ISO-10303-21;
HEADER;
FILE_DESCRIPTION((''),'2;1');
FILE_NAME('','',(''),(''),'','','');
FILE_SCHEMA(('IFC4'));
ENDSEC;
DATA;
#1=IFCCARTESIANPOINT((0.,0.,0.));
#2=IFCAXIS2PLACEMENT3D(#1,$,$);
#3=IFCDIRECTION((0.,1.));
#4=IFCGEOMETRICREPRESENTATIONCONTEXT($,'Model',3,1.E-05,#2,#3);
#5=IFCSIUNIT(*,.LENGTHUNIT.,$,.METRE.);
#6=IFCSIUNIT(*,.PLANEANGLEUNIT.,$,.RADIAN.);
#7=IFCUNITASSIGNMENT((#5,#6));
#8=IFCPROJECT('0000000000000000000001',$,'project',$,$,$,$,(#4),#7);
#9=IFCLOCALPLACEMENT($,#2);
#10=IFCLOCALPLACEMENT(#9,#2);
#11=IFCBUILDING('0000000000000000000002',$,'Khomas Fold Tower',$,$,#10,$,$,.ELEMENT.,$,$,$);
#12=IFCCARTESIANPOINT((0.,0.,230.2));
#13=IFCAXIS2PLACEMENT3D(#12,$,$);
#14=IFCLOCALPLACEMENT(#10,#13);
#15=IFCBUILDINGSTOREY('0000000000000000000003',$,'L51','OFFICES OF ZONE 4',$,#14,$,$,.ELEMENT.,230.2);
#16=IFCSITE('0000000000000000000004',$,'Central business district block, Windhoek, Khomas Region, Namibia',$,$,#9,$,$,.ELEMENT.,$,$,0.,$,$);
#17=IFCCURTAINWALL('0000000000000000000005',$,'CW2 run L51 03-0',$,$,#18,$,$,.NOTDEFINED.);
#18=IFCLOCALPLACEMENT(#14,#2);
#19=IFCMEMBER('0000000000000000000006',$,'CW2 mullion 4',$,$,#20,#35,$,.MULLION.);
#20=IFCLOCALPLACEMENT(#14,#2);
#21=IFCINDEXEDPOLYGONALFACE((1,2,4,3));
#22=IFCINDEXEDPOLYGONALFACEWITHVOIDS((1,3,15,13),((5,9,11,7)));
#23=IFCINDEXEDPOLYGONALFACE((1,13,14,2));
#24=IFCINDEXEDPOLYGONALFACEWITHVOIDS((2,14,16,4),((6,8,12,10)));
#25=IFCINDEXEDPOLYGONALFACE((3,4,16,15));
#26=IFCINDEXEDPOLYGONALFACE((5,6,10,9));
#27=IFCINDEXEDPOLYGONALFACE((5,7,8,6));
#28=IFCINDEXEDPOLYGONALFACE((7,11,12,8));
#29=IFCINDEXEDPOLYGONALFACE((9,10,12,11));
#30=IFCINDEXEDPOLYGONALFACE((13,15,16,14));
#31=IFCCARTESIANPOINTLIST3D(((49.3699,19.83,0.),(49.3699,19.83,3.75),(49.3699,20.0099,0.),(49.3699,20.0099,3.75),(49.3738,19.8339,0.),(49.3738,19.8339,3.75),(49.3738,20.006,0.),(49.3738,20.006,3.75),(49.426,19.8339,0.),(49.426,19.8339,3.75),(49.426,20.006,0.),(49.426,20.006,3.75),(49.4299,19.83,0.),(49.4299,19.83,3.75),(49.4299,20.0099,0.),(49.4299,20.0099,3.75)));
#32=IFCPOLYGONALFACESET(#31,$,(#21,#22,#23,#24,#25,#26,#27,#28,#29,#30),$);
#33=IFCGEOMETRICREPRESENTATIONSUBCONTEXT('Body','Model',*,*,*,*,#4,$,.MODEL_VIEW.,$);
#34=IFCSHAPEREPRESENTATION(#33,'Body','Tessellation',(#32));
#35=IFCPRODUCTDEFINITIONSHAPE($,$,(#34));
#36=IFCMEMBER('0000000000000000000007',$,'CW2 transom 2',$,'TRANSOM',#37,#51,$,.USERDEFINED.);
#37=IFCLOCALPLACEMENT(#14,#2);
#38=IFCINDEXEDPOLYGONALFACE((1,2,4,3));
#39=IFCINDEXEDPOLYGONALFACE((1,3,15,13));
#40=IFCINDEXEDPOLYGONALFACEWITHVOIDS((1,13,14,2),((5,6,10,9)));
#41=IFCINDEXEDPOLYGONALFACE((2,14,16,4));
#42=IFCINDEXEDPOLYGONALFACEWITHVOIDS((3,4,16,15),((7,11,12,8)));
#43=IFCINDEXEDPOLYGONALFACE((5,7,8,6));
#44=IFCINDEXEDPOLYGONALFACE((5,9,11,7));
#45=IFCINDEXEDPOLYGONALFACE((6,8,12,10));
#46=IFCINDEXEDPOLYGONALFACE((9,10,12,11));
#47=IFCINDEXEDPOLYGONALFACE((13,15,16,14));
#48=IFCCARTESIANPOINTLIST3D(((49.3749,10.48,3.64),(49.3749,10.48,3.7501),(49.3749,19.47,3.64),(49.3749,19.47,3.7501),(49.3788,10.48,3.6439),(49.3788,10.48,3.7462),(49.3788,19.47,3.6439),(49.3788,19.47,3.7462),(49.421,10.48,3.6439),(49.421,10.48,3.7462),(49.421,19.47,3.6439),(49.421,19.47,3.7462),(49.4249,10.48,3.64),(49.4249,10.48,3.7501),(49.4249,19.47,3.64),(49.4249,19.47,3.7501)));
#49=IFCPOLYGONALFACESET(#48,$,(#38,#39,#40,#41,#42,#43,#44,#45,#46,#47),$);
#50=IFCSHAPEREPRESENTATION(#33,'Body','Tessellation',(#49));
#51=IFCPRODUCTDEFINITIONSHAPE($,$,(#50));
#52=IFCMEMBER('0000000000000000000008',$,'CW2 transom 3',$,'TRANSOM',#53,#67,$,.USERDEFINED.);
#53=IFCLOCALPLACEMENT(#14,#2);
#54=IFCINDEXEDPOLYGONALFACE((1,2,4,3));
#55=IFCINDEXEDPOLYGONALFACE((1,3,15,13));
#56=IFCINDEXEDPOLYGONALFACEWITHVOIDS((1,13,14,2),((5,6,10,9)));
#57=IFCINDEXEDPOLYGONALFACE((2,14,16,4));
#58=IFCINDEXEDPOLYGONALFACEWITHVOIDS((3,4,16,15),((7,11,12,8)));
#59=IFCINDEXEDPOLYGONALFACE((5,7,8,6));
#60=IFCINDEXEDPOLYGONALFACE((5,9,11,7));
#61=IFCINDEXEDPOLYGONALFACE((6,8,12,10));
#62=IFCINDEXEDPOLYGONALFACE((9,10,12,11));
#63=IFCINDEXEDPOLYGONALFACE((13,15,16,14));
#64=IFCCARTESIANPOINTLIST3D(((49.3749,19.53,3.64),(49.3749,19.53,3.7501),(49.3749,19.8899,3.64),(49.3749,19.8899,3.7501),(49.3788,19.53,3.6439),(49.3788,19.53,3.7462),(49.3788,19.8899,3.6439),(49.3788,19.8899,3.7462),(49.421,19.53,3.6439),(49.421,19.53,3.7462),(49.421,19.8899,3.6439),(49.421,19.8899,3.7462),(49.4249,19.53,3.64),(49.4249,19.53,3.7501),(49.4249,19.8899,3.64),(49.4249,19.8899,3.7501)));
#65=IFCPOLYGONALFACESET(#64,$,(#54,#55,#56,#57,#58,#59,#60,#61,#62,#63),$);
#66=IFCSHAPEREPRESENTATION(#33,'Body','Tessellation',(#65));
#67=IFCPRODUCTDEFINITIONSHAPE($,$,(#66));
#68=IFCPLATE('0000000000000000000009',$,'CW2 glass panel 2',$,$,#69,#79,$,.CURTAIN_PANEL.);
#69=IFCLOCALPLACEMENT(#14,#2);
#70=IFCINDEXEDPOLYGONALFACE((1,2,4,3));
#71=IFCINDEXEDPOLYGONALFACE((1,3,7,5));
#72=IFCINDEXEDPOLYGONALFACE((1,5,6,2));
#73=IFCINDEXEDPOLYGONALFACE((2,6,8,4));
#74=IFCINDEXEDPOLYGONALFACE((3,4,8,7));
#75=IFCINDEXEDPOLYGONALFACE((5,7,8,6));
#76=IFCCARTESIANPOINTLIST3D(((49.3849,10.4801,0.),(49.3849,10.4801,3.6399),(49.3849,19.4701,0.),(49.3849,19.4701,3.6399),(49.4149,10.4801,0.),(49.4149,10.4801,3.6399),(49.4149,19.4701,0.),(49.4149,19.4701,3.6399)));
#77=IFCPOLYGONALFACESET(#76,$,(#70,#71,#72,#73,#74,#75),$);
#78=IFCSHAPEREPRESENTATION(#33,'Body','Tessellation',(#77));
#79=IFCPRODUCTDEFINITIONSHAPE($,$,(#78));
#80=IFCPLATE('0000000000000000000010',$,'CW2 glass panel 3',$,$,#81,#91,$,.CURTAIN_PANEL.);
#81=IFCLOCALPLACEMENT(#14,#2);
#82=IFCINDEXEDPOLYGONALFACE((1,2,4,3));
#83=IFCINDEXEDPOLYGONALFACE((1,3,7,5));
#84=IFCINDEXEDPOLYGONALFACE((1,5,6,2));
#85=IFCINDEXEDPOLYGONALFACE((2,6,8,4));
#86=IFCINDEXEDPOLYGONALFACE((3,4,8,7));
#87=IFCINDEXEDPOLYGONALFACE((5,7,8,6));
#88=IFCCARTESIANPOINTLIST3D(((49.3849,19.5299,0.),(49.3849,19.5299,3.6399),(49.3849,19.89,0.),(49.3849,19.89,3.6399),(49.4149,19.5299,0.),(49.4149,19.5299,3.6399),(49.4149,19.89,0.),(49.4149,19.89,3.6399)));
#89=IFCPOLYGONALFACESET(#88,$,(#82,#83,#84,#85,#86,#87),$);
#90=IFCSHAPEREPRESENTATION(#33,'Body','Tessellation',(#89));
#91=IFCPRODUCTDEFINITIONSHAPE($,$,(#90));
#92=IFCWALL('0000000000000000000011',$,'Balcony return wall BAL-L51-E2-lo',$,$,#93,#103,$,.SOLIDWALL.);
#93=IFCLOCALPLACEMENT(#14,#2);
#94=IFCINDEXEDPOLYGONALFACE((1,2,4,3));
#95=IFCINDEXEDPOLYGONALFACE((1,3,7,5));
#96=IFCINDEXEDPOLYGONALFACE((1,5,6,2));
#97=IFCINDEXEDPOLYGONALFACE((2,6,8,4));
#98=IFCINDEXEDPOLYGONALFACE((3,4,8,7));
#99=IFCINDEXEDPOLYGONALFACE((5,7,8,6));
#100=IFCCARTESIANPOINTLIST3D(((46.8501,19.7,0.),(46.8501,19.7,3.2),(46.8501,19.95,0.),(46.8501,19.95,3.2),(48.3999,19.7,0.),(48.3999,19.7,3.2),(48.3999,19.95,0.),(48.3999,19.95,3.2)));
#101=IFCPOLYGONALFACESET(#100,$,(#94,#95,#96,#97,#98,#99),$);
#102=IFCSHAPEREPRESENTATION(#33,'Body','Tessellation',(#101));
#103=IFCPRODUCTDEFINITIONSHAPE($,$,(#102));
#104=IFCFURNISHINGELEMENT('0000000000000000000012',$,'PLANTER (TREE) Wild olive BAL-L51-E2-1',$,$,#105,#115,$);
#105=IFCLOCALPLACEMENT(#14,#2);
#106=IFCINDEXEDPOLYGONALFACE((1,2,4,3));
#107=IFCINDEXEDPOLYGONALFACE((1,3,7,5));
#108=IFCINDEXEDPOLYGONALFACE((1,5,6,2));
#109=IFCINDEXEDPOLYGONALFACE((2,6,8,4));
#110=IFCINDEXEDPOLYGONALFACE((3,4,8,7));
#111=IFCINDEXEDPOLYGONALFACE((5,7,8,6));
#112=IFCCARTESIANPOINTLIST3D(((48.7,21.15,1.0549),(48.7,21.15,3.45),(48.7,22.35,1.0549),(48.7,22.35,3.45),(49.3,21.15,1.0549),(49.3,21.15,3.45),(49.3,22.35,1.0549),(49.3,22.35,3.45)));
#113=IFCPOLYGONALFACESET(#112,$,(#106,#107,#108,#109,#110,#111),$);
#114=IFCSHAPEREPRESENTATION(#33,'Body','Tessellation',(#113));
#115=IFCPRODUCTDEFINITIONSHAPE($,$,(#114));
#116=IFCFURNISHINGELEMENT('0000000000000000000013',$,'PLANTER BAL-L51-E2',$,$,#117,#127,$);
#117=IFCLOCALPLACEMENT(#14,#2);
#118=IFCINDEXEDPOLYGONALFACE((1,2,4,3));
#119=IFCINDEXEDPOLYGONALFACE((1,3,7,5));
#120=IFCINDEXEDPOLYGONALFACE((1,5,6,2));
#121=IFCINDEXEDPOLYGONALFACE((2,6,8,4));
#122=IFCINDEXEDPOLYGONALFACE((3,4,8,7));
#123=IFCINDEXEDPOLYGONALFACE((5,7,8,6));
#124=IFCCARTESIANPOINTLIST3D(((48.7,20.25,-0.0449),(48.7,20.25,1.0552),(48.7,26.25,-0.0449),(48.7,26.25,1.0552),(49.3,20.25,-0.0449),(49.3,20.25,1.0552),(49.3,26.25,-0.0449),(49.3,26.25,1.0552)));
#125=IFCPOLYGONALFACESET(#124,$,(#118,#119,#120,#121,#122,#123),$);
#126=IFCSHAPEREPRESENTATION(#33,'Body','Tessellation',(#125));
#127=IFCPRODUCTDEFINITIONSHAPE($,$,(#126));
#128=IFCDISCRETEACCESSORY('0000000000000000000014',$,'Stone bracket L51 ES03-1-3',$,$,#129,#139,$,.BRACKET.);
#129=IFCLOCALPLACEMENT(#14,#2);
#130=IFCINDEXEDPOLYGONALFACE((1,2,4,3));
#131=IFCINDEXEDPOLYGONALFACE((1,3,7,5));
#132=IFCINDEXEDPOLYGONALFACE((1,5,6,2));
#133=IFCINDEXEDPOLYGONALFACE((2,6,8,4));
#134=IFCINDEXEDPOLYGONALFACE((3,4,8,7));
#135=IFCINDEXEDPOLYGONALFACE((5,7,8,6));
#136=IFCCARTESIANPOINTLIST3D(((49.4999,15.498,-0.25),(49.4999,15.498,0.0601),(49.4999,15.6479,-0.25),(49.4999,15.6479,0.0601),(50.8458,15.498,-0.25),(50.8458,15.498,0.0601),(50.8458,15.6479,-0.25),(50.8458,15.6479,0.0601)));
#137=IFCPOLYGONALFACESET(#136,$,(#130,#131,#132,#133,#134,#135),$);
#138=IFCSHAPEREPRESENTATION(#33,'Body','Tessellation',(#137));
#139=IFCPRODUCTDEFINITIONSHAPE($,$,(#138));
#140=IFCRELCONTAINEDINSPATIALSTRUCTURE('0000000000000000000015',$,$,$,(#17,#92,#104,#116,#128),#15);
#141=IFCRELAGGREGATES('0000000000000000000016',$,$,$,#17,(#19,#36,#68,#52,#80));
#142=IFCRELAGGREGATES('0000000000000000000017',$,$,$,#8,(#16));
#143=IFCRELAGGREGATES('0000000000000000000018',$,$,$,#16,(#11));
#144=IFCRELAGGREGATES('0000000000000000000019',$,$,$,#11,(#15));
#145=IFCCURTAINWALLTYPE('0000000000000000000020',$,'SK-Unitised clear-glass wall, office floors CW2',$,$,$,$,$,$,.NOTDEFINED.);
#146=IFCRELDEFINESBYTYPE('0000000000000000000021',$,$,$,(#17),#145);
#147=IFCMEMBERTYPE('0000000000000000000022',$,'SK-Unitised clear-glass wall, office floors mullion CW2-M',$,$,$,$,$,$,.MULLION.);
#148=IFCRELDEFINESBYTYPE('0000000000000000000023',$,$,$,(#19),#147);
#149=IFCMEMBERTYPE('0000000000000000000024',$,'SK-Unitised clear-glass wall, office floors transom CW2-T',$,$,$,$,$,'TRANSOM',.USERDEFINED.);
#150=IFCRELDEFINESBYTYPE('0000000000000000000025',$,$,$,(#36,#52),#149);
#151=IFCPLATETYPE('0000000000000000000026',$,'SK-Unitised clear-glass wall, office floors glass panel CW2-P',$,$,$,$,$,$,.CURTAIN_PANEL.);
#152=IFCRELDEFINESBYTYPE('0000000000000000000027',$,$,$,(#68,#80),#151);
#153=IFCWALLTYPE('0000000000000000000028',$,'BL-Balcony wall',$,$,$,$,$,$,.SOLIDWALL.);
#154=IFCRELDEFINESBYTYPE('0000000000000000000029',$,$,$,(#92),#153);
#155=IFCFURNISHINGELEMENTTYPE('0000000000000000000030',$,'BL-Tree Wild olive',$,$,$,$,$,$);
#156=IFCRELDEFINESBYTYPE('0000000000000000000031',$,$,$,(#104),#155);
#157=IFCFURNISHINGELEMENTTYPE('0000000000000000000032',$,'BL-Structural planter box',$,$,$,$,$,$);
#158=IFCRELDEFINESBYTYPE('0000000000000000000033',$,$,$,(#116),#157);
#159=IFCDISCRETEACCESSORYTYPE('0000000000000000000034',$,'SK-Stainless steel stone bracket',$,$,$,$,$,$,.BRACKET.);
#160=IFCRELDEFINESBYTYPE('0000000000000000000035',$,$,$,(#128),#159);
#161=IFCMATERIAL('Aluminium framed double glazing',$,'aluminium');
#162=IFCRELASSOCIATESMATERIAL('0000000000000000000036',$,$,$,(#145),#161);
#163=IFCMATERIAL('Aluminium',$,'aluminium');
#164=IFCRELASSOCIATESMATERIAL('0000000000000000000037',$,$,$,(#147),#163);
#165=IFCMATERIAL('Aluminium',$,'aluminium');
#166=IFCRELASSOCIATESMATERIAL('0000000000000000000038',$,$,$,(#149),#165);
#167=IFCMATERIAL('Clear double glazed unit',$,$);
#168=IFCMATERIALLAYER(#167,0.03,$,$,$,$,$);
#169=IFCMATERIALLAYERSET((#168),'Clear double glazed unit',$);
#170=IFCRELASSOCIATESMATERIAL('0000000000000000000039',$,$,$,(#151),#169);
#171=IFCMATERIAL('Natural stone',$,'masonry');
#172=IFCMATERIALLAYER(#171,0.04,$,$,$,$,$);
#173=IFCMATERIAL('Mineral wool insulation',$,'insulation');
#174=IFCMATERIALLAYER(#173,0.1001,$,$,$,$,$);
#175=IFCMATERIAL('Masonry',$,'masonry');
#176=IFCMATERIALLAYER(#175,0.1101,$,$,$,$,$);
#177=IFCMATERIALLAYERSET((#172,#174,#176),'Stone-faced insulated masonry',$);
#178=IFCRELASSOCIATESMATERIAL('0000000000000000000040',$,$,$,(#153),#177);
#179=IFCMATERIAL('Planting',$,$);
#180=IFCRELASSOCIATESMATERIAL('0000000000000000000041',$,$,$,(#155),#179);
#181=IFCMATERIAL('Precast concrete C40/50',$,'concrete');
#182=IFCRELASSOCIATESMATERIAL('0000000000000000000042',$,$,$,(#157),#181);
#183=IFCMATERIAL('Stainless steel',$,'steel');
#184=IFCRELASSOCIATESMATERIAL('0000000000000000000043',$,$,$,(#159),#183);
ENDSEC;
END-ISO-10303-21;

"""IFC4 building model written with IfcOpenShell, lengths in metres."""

from ifc_helpers import new_model, si_unit, direction, frame, frame_2d, origin, origin_2d, place, context, subcontext, project, spatial, rectangle, hollow_rectangle, extrude, source, transform, mapped, material, layer, layer_set, material_profile, profile_set, type_object, element, aggregate, save


model = new_model("IFC4")

# Units and contexts
model_context = context("Model", 3, precision=1e-05, world=origin(), true_north=direction((0.0, 1.0)))
body_context = subcontext(model_context, "Body", "Model", "MODEL_VIEW")
ifc_project = project(units=[si_unit("LENGTHUNIT", "METRE"), si_unit("PLANEANGLEUNIT", "RADIAN")], contexts=[model_context])

# Site, building, storey
site_placement = place(None, origin())
site = spatial("IfcSite", under=ifc_project, at=site_placement, Name="Central business district block, Windhoek, Khomas Region, Namibia", CompositionType="ELEMENT", RefElevation=0.0)
building_placement = place(site_placement, origin())
building = spatial("IfcBuilding", under=site, at=building_placement, Name="Khomas Fold Tower", CompositionType="ELEMENT")
storey_placement = place(building_placement, frame((0.0, 0.0, 230.2)))
storey = spatial("IfcBuildingStorey", under=building, at=storey_placement, Name="L51", Description="OFFICES OF ZONE 4", CompositionType="ELEMENT", Elevation=230.2)

# Curtain wall, members, plates
ifc_material_1 = material(Name="Aluminium framed double glazing", Category="aluminium")
curtain_wall_type = type_object("IfcCurtainWallType", Name="SK-Unitised clear-glass wall, office floors CW2", PredefinedType="NOTDEFINED", material=ifc_material_1)
curtain_wall_placement = place(storey_placement, origin())
curtain_wall = element("IfcCurtainWall", 1, at=curtain_wall_placement, inside=storey, type_object=curtain_wall_type, Name="CW2 run L51 03-0", PredefinedType="NOTDEFINED")
ifc_material_2 = material(Name="Aluminium", Category="aluminium")
ifc_material_profile_1 = material_profile(ifc_material_2, hollow_rectangle(XDim=0.0601, YDim=0.1799, WallThickness=0.0039, at=origin_2d()), Name="SK-Unitised clear-glass wall, office floors mullion CW2-M")
ifc_profile_set_1 = profile_set([ifc_material_profile_1], Name="Aluminium")
member_type_1 = type_object("IfcMemberType", Name="SK-Unitised clear-glass wall, office floors mullion CW2-M", PredefinedType="MULLION", material=ifc_profile_set_1)
shared_shape_1 = source(origin(), body_context, "Body", "SweptSolid", [
    extrude(hollow_rectangle(XDim=0.0601, YDim=0.1799, WallThickness=0.0039, at=origin_2d()), origin(), (0.0, 0.0, 1.0), 3.75),
])
member_1_placement = place(storey_placement, frame((49.3999, 19.9199, 0.0), z_axis=(0.0, 0.0, 1.0), x_axis=(-1.0, 0.0, 0.0)))
member_1 = element("IfcMember", 2, at=member_1_placement, type_object=member_type_1, Name="CW2 mullion 4", PredefinedType="MULLION", context=body_context, shape_type="MappedRepresentation", body=[
    mapped(shared_shape_1, transform((0.0, 0.0, 0.0))),
])
ifc_material_3 = material(Name="Aluminium", Category="aluminium")
ifc_material_profile_2 = material_profile(ifc_material_3, hollow_rectangle(XDim=0.05, YDim=0.1101, WallThickness=0.0039, at=origin_2d()), Name="SK-Unitised clear-glass wall, office floors transom CW2-T")
ifc_profile_set_2 = profile_set([ifc_material_profile_2], Name="Aluminium")
member_type_2 = type_object("IfcMemberType", Name="SK-Unitised clear-glass wall, office floors transom CW2-T", ElementType="TRANSOM", PredefinedType="USERDEFINED", material=ifc_profile_set_2)
shared_shape_2 = source(origin(), body_context, "Body", "SweptSolid", [
    extrude(hollow_rectangle(XDim=0.05, YDim=0.1101, WallThickness=0.0039, at=origin_2d()), origin(), (0.0, 0.0, 1.0), 8.99),
])
member_2_placement = place(storey_placement, frame((49.3999, 10.48, 3.6951), z_axis=(0.0, 1.0, 0.0), x_axis=(-1.0, 0.0, 0.0)))
member_2 = element("IfcMember", 3, at=member_2_placement, type_object=member_type_2, Name="CW2 transom 2", ObjectType="TRANSOM", PredefinedType="USERDEFINED", context=body_context, shape_type="MappedRepresentation", body=[
    mapped(shared_shape_2, transform((0.0, 0.0, 0.0))),
])
shared_shape_3 = source(origin(), body_context, "Body", "SweptSolid", [
    extrude(hollow_rectangle(XDim=0.05, YDim=0.1101, WallThickness=0.0039, at=origin_2d()), origin(), (0.0, 0.0, 1.0), 0.3599),
])
member_3_placement = place(storey_placement, frame((49.3999, 19.53, 3.6951), z_axis=(0.0, 1.0, 0.0), x_axis=(-1.0, 0.0, 0.0)))
member_3 = element("IfcMember", 4, at=member_3_placement, type_object=member_type_2, Name="CW2 transom 3", ObjectType="TRANSOM", PredefinedType="USERDEFINED", context=body_context, shape_type="MappedRepresentation", body=[
    mapped(shared_shape_3, transform((0.0, 0.0, 0.0))),
])
ifc_material_4 = material(Name="Clear double glazed unit")
ifc_layer_1 = layer(ifc_material_4, 0.03)
ifc_layer_set_1 = layer_set([ifc_layer_1], Name="Clear double glazed unit")
plate_type = type_object("IfcPlateType", Name="SK-Unitised clear-glass wall, office floors glass panel CW2-P", PredefinedType="CURTAIN_PANEL", material=ifc_layer_set_1)
shared_shape_4 = source(origin(), body_context, "Body", "SweptSolid", [
    extrude(rectangle(XDim=8.99, YDim=0.03, at=origin_2d()), origin(), (0.0, 0.0, 1.0), 3.6399),
])
plate_1_placement = place(storey_placement, frame((49.3999, 14.9751, 0.0), z_axis=(0.0, 0.0, 1.0), x_axis=(0.0, 1.0, 0.0)))
plate_1 = element("IfcPlate", 5, at=plate_1_placement, type_object=plate_type, Name="CW2 glass panel 2", PredefinedType="CURTAIN_PANEL", context=body_context, shape_type="MappedRepresentation", body=[
    mapped(shared_shape_4, transform((0.0, 0.0, 0.0))),
])
shared_shape_5 = source(origin(), body_context, "Body", "SweptSolid", [
    extrude(rectangle(XDim=0.3601, YDim=0.03, at=origin_2d()), origin(), (0.0, 0.0, 1.0), 3.6399),
])
plate_2_placement = place(storey_placement, frame((49.3999, 19.71, 0.0), z_axis=(0.0, 0.0, 1.0), x_axis=(0.0, 1.0, 0.0)))
plate_2 = element("IfcPlate", 6, at=plate_2_placement, type_object=plate_type, Name="CW2 glass panel 3", PredefinedType="CURTAIN_PANEL", context=body_context, shape_type="MappedRepresentation", body=[
    mapped(shared_shape_5, transform((0.0, 0.0, 0.0))),
])
aggregate(curtain_wall, [member_1, member_2, plate_1, member_3, plate_2])

# Shared definitions
ifc_material_5 = material(Name="Natural stone", Category="masonry")
ifc_layer_2 = layer(ifc_material_5, 0.04)
ifc_material_6 = material(Name="Mineral wool insulation", Category="insulation")
ifc_layer_3 = layer(ifc_material_6, 0.1001)
ifc_material_7 = material(Name="Masonry", Category="masonry")
ifc_layer_4 = layer(ifc_material_7, 0.1101)
ifc_layer_set_2 = layer_set([ifc_layer_2, ifc_layer_3, ifc_layer_4], Name="Stone-faced insulated masonry")
wall_type = type_object("IfcWallType", Name="BL-Balcony wall", PredefinedType="SOLIDWALL", material=ifc_layer_set_2)

# Wall
shared_shape_6 = source(origin(), body_context, "Body", "SweptSolid", [
    extrude(rectangle(XDim=1.5498, YDim=0.25, at=frame_2d((0.7749, 0.0))), origin(), (0.0, 0.0, 1.0), 3.2),
])
wall_1_placement = place(storey_placement, frame((48.3999, 19.825, 0.0), z_axis=(0.0, 0.0, 1.0), x_axis=(-1.0, 0.0, 0.0)))
element("IfcWall", 7, at=wall_1_placement, inside=storey, type_object=wall_type, Name="Balcony return wall BAL-L51-E2-lo", PredefinedType="SOLIDWALL", context=body_context, shape_type="MappedRepresentation", body=[
    mapped(shared_shape_6, transform((0.0, 0.0, 0.0))),
])

# Furnishing elements
ifc_material_8 = material(Name="Planting")
furnishing_element_type_1 = type_object("IfcFurnishingElementType", Name="BL-Tree Wild olive", material=ifc_material_8)
shared_shape_7 = source(origin(), body_context, "Body", "SweptSolid", [
    extrude(rectangle(XDim=1.2, YDim=0.6001, at=origin_2d()), origin(), (0.0, 0.0, 1.0), 2.395),
])
furnishing_1_placement = place(storey_placement, frame((49.0, 21.75, 1.0549), z_axis=(0.0, 0.0, 1.0), x_axis=(0.0, 1.0, 0.0)))
element("IfcFurnishingElement", 8, at=furnishing_1_placement, inside=storey, type_object=furnishing_element_type_1, Name="PLANTER (TREE) Wild olive BAL-L51-E2-1", context=body_context, shape_type="MappedRepresentation", body=[
    mapped(shared_shape_7, transform((0.0, 0.0, 0.0))),
])
ifc_material_9 = material(Name="Precast concrete C40/50", Category="concrete")
furnishing_element_type_2 = type_object("IfcFurnishingElementType", Name="BL-Structural planter box", material=ifc_material_9)
shared_shape_8 = source(origin(), body_context, "Body", "SweptSolid", [
    extrude(rectangle(XDim=6.0, YDim=0.6001, at=origin_2d()), origin(), (0.0, 0.0, 1.0), 1.1001),
])
furnishing_2_placement = place(storey_placement, frame((49.0, 23.25, -0.0449), z_axis=(0.0, 0.0, 1.0), x_axis=(0.0, 1.0, 0.0)))
element("IfcFurnishingElement", 9, at=furnishing_2_placement, inside=storey, type_object=furnishing_element_type_2, Name="PLANTER BAL-L51-E2", context=body_context, shape_type="MappedRepresentation", body=[
    mapped(shared_shape_8, transform((0.0, 0.0, 0.0))),
])

# Discrete accessory
ifc_material_10 = material(Name="Stainless steel", Category="steel")
discrete_accessory_type = type_object("IfcDiscreteAccessoryType", Name="SK-Stainless steel stone bracket", PredefinedType="BRACKET", material=ifc_material_10)
shared_shape_9 = source(origin(), body_context, "Body", "SweptSolid", [
    extrude(rectangle(XDim=1.3459, YDim=0.1499, at=origin_2d()), origin(), (0.0, 0.0, 1.0), 0.3101),
])
discrete_accessory_placement = place(storey_placement, frame((50.1729, 15.573, -0.25), z_axis=(0.0, 0.0, 1.0), x_axis=(1.0, 0.0, 0.0)))
element("IfcDiscreteAccessory", 10, at=discrete_accessory_placement, inside=storey, type_object=discrete_accessory_type, Name="Stone bracket L51 ES03-1-3", PredefinedType="BRACKET", context=body_context, shape_type="MappedRepresentation", body=[
    mapped(shared_shape_9, transform((0.0, 0.0, 0.0))),
])

save(model, "model.ifc")
